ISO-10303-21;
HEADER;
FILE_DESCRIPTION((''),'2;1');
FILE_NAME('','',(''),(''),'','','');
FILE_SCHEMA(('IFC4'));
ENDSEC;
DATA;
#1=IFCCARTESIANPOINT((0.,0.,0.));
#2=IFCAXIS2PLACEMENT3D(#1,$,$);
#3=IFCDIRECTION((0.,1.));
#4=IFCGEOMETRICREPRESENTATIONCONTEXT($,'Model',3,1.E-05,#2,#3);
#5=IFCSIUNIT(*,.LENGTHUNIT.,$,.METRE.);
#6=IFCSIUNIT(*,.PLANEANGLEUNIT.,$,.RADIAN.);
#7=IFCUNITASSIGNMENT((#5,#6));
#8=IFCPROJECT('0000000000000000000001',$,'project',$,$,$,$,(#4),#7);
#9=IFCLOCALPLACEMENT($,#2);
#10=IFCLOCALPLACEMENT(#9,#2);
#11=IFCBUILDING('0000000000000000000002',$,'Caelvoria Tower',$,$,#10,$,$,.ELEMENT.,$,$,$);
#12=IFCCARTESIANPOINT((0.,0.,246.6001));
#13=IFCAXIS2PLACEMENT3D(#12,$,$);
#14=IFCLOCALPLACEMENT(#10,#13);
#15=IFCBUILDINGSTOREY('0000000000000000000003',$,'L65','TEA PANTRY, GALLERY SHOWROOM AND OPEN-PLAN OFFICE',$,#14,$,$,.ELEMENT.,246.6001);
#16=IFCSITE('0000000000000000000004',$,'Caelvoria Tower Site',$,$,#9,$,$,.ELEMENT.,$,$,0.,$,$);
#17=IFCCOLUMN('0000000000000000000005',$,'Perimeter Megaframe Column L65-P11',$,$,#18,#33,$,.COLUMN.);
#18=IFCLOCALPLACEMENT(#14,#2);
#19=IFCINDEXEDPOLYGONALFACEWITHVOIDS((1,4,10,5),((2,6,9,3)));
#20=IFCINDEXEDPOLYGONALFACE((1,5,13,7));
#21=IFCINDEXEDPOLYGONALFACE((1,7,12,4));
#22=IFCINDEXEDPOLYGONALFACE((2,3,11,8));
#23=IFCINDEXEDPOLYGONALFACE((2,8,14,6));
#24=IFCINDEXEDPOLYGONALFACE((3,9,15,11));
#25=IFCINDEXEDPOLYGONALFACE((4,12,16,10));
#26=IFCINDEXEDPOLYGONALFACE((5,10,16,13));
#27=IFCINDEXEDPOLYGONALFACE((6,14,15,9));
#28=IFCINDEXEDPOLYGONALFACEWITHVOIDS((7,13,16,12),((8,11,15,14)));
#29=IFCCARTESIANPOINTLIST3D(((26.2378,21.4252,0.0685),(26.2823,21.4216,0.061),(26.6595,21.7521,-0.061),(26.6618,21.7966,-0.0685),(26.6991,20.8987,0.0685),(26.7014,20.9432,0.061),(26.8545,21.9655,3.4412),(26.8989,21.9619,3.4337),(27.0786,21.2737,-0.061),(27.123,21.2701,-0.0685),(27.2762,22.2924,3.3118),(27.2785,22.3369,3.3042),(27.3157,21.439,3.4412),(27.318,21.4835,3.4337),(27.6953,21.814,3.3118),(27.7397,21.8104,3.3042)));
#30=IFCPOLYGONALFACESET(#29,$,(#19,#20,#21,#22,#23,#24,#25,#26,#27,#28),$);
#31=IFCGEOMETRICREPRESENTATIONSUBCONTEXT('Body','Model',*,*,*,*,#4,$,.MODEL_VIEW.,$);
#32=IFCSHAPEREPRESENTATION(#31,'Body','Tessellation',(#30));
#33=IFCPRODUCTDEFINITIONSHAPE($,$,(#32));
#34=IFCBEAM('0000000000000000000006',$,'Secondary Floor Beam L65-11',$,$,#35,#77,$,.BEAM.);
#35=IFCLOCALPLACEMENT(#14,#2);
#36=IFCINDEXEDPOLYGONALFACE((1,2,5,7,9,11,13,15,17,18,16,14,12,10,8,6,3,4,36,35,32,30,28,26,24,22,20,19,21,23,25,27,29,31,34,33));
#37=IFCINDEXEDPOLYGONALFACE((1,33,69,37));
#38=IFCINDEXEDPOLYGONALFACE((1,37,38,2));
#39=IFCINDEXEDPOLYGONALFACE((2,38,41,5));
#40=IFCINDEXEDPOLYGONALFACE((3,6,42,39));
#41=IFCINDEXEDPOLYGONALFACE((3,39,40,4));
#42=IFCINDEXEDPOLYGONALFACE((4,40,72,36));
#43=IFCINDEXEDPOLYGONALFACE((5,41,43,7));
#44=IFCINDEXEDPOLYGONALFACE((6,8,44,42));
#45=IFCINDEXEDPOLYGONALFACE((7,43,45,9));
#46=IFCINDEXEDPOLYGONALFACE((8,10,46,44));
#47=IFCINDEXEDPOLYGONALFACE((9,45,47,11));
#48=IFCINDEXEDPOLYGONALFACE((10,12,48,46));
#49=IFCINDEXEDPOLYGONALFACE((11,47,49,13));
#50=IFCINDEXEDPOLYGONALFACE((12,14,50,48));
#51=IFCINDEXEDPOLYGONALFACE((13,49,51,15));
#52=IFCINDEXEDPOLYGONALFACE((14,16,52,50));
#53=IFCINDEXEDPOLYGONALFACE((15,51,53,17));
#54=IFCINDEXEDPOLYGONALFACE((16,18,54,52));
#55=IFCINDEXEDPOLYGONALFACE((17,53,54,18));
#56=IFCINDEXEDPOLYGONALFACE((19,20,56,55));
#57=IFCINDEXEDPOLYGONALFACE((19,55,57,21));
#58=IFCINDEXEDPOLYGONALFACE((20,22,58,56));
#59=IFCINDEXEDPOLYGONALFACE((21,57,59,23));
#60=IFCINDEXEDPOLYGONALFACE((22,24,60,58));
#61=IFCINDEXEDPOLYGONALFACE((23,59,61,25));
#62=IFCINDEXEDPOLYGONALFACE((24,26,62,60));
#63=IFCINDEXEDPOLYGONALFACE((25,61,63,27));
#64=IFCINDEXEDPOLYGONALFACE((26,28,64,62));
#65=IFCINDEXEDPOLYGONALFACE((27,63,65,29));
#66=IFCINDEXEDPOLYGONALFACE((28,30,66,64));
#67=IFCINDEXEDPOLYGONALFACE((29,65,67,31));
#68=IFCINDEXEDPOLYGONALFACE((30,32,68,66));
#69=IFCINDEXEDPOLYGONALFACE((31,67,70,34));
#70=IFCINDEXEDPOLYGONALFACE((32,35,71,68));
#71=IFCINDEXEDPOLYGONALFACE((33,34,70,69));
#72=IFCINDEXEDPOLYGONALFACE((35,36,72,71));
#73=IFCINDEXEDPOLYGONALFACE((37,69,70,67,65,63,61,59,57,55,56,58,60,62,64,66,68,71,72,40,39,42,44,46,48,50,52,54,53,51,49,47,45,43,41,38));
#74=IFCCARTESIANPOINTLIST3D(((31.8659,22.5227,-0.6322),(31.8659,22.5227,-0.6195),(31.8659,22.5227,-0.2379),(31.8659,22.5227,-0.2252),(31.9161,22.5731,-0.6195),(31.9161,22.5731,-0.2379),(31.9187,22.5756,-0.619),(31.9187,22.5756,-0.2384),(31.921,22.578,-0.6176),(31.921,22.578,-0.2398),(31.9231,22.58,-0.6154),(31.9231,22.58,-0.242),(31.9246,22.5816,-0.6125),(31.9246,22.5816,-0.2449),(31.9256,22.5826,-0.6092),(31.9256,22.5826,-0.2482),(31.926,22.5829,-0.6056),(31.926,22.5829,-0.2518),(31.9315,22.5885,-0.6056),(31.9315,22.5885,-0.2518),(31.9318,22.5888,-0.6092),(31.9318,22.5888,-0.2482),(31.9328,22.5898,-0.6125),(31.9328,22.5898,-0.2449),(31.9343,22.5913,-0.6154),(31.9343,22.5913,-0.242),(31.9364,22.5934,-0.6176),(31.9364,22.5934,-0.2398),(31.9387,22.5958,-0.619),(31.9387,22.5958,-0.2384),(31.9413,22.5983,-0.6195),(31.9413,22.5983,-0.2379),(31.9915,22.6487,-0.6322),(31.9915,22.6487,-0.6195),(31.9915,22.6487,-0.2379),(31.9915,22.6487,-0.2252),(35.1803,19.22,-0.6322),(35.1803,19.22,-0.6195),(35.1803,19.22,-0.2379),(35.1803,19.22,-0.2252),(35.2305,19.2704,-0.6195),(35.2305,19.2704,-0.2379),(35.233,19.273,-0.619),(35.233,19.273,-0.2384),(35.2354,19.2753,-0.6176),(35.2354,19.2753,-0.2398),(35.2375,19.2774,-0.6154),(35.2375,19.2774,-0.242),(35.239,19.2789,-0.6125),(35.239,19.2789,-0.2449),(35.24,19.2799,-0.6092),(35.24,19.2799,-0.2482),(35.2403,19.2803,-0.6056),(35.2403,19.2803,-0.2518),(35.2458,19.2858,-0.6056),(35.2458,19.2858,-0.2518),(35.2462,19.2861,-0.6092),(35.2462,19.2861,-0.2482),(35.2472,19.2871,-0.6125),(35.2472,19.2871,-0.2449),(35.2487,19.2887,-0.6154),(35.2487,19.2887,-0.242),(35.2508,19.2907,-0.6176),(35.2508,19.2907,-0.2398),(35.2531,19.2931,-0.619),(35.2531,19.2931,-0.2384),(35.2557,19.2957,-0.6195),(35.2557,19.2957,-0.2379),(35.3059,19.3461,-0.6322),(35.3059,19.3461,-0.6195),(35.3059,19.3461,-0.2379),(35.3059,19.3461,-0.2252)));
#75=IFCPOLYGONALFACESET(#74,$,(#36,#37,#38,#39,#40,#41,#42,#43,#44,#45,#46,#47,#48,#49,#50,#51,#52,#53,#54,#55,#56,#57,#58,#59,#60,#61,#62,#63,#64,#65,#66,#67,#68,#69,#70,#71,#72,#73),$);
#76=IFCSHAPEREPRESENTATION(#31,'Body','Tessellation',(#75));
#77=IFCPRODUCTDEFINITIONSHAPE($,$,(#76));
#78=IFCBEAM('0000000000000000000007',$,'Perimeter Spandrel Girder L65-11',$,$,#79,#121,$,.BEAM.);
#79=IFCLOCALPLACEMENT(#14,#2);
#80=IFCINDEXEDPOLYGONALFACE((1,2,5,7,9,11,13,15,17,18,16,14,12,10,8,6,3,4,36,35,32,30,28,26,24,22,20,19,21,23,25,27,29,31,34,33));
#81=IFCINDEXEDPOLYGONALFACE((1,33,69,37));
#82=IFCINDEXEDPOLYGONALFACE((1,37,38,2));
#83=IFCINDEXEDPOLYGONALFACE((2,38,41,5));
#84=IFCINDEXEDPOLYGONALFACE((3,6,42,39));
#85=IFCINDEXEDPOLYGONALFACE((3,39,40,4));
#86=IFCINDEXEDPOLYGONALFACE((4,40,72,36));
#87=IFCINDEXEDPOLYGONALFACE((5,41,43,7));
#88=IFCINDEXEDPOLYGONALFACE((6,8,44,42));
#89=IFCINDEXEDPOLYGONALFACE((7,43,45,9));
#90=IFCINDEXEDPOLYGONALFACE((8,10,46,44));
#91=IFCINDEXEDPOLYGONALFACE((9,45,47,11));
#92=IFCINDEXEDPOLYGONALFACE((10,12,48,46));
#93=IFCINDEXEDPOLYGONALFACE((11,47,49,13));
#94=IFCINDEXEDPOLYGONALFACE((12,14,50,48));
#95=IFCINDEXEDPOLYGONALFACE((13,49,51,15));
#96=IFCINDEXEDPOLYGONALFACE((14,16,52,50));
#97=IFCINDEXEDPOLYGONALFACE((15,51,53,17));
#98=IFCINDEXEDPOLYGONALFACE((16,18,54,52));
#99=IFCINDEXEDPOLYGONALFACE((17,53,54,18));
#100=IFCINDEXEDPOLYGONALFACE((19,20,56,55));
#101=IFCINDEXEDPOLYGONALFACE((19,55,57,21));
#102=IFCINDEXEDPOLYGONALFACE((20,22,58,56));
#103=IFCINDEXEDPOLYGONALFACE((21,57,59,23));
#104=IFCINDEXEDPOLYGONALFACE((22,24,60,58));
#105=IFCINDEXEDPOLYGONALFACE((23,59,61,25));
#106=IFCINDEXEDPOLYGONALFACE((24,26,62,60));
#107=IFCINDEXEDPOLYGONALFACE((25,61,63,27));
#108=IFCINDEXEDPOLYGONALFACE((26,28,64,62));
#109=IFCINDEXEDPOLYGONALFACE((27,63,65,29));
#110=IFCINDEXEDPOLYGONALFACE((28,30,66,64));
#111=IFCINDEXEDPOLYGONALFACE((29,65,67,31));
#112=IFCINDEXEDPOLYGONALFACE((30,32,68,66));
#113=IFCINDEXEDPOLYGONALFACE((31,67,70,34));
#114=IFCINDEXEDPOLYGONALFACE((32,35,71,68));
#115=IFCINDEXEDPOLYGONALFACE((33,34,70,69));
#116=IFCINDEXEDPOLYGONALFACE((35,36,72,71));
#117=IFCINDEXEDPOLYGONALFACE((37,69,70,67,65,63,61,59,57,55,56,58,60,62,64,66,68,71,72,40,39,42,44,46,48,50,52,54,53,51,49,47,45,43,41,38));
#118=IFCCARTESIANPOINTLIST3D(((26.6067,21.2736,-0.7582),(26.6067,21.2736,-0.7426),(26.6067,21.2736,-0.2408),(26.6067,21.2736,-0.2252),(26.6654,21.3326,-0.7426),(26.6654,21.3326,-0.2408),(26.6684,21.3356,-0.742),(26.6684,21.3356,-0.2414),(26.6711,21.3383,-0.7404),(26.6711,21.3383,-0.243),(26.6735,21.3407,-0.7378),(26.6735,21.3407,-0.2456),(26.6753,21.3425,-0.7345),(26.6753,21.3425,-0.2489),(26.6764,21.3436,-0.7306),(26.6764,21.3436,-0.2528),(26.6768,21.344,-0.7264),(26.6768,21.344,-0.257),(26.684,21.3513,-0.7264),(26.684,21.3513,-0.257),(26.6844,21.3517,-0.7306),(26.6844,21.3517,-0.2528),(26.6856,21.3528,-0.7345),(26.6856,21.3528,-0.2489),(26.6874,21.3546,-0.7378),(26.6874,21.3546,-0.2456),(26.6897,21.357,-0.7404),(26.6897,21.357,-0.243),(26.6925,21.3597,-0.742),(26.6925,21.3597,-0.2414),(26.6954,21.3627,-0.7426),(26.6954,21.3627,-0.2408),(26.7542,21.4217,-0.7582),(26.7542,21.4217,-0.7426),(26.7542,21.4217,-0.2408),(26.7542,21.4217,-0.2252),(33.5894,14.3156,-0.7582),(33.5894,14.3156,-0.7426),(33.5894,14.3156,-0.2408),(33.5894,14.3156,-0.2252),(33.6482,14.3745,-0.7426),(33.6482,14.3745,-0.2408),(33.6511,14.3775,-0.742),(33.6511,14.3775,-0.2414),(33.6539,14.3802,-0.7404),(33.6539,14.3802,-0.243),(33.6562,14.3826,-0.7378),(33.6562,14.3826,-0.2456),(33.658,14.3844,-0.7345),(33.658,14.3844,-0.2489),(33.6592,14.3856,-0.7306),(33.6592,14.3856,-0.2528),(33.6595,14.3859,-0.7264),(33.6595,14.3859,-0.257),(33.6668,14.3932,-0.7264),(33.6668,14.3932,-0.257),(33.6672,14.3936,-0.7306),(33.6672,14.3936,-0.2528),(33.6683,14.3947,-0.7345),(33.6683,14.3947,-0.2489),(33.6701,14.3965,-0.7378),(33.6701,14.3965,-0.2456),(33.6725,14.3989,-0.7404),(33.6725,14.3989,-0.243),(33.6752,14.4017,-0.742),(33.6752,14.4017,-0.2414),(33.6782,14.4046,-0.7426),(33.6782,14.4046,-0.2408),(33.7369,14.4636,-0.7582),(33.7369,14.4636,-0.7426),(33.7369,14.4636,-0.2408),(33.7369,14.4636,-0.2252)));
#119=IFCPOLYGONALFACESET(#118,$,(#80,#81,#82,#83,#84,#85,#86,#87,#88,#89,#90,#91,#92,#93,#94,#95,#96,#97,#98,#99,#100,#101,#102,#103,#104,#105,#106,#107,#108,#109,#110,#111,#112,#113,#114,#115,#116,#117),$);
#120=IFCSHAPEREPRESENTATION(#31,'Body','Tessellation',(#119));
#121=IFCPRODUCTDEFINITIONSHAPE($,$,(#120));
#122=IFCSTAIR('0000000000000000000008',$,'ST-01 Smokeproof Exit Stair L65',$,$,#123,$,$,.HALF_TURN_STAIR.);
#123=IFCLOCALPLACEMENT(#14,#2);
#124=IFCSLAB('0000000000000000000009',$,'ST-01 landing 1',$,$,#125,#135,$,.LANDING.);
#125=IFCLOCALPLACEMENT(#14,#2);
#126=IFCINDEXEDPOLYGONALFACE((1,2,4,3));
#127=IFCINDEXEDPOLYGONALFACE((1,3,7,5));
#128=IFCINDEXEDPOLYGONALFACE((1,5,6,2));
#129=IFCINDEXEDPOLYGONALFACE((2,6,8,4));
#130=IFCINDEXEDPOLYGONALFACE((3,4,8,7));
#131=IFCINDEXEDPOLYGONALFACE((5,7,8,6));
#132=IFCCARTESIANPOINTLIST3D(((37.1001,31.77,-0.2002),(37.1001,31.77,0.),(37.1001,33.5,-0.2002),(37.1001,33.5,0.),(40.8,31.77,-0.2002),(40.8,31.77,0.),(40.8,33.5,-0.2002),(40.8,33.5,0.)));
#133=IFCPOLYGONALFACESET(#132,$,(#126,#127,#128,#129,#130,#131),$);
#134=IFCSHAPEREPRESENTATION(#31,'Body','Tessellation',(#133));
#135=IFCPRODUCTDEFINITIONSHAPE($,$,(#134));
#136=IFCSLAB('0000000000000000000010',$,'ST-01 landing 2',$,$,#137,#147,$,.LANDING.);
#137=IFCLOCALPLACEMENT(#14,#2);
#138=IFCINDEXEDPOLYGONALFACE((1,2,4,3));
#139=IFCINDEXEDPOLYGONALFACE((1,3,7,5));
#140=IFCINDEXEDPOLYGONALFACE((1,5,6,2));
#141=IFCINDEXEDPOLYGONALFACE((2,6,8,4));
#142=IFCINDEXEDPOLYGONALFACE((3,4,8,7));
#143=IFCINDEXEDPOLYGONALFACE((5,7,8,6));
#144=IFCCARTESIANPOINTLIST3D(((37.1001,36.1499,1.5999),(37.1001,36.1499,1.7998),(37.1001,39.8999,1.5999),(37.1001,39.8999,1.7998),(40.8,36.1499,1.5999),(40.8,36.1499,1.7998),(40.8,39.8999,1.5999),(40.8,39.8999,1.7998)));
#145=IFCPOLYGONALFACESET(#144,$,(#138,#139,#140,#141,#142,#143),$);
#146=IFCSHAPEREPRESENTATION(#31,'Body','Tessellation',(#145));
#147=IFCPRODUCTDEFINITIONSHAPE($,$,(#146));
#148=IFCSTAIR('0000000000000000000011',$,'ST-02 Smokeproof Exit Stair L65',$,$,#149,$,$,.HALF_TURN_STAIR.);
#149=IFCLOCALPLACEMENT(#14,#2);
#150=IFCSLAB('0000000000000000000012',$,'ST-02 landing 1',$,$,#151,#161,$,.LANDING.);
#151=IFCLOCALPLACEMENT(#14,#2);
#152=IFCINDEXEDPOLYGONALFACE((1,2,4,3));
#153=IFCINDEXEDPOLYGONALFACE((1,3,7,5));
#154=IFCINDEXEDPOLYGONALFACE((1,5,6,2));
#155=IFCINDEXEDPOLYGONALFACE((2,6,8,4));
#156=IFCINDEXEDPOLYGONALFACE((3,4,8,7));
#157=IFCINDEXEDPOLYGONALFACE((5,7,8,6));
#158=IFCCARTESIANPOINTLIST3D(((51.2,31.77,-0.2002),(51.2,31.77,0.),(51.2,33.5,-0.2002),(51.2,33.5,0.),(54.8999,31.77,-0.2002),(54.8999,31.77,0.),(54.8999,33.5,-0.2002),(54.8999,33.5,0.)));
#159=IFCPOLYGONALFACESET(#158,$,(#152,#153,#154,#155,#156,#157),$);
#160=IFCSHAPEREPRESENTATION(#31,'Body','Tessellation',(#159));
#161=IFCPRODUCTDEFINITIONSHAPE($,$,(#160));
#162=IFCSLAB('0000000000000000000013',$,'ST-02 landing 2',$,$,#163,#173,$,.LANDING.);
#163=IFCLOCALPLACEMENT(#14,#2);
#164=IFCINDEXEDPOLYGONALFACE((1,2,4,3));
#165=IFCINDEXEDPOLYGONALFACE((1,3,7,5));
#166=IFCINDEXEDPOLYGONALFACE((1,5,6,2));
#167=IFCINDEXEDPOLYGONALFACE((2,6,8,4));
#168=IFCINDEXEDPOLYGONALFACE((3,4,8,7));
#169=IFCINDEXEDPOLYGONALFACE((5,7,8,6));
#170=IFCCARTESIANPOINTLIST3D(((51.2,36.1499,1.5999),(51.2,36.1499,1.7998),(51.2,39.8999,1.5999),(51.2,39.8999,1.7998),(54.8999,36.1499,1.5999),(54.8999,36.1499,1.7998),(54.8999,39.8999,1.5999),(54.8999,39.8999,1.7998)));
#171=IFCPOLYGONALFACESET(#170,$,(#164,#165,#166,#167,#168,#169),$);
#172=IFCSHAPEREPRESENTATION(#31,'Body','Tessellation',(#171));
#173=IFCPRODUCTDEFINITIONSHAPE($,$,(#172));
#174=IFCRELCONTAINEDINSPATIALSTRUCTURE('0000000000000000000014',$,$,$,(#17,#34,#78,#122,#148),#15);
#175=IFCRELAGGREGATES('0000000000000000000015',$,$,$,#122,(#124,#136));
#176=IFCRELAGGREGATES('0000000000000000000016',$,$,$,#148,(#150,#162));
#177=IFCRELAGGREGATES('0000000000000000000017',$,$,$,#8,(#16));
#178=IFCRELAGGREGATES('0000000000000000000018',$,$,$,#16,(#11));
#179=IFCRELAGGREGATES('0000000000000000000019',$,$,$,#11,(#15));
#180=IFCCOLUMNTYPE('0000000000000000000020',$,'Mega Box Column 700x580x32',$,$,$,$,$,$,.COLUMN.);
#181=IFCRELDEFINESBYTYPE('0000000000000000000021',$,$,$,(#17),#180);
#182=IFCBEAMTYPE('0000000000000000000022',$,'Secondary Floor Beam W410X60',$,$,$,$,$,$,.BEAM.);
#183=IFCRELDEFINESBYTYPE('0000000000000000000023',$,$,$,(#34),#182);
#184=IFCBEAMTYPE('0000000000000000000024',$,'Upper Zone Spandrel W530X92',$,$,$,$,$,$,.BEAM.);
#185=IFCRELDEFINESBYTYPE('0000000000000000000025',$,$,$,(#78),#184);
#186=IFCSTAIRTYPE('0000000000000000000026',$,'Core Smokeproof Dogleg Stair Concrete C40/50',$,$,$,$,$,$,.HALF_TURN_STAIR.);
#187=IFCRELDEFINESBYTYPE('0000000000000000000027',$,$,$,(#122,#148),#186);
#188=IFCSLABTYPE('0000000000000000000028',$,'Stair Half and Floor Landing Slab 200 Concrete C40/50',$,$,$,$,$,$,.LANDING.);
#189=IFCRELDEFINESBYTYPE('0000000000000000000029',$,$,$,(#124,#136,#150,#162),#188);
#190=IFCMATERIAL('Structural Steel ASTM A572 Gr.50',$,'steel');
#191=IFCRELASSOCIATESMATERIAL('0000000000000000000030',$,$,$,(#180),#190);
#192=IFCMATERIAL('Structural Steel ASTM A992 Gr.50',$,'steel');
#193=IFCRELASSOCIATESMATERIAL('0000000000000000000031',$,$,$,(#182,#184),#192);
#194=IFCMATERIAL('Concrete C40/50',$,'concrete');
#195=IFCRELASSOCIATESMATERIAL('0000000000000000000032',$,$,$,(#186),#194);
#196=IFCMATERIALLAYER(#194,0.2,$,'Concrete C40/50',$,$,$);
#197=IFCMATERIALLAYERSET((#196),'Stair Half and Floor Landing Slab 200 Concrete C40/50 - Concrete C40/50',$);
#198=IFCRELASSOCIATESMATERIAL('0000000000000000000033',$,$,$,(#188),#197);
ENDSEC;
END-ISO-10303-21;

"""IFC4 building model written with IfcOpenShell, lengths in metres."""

from ifc_helpers import new_model, si_unit, direction, frame, origin, origin_2d, place, context, subcontext, project, spatial, polyline, hollow_rectangle, i_section, outline, extrude, material, layer, layer_set, material_profile, profile_set, type_object, element, aggregate, save


model = new_model("IFC4")

# Units and contexts
model_context = context("Model", 3, precision=1e-05, world=origin(), true_north=direction((0.0, 1.0)))
body_context = subcontext(model_context, "Body", "Model", "MODEL_VIEW")
ifc_project = project(units=[si_unit("LENGTHUNIT", "METRE"), si_unit("PLANEANGLEUNIT", "RADIAN")], contexts=[model_context])

# Site, building, storey
site_placement = place(None, origin())
site = spatial("IfcSite", under=ifc_project, at=site_placement, Name="Caelvoria Tower Site", CompositionType="ELEMENT", RefElevation=0.0)
building_placement = place(site_placement, origin())
building = spatial("IfcBuilding", under=site, at=building_placement, Name="Caelvoria Tower", CompositionType="ELEMENT")
storey_placement = place(building_placement, frame((0.0, 0.0, 246.6001)))
storey = spatial("IfcBuildingStorey", under=building, at=storey_placement, Name="L65", Description="TEA PANTRY, GALLERY SHOWROOM AND OPEN-PLAN OFFICE", CompositionType="ELEMENT", Elevation=246.6001)

# Column
ifc_material_1 = material(Name="Structural Steel ASTM A572 Gr.50", Category="steel")
ifc_material_profile_1 = material_profile(ifc_material_1, hollow_rectangle(XDim=0.5801, YDim=0.7, WallThickness=0.032, at=origin_2d()), Name="Structural Steel ASTM A572 Gr.50")
ifc_profile_set_1 = profile_set([ifc_material_profile_1], Name="BOX700X580X32 - Structural Steel ASTM A572 Gr.50")
column_type = type_object("IfcColumnType", Name="Mega Box Column 700x580x32", PredefinedType="COLUMN", material=ifc_profile_set_1)
column_placement = place(storey_placement, frame((26.6804, 21.3477, 0.0), z_axis=(0.177671, 0.155655, 0.971702), x_axis=(-0.730886, -0.640321, 0.23621)))
element("IfcColumn", 1, at=column_placement, inside=storey, type_object=column_type, Name="Perimeter Megaframe Column L65-P11", PredefinedType="COLUMN", context=body_context, shape_type="SweptSolid", body=[
    extrude(hollow_rectangle(XDim=0.5801, YDim=0.7, WallThickness=0.032, at=origin_2d()), origin(), (0.0, 0.0, 1.0), 3.4709),
])

# Beams
ifc_material_2 = material(Name="Structural Steel ASTM A992 Gr.50", Category="steel")
ifc_material_profile_2 = material_profile(ifc_material_2, i_section(OverallWidth=0.178, OverallDepth=0.407, WebThickness=0.0078, FlangeThickness=0.0127, FilletRadius=0.0139, at=origin_2d()), Name="Structural Steel ASTM A992 Gr.50")
ifc_profile_set_2 = profile_set([ifc_material_profile_2], Name="W410X60 - Structural Steel ASTM A992 Gr.50")
beam_type_1 = type_object("IfcBeamType", Name="Secondary Floor Beam W410X60", PredefinedType="BEAM", material=ifc_profile_set_2)
beam_1_placement = place(storey_placement, frame((31.9287, 22.5857, -0.4287), z_axis=(0.708358, -0.705853, 0.0), x_axis=(0.705853, 0.708358, 0.0)))
element("IfcBeam", 2, at=beam_1_placement, inside=storey, type_object=beam_type_1, Name="Secondary Floor Beam L65-11", PredefinedType="BEAM", context=body_context, shape_type="SweptSolid", body=[
    extrude(i_section(OverallWidth=0.178, OverallDepth=0.407, WebThickness=0.0078, FlangeThickness=0.0127, FilletRadius=0.0139, at=origin_2d()), origin(), (0.0, 0.0, 1.0), 4.679),
])
ifc_material_profile_3 = material_profile(ifc_material_2, i_section(OverallWidth=0.209, OverallDepth=0.533, WebThickness=0.0103, FlangeThickness=0.0156, FilletRadius=0.0161, at=origin_2d()), Name="Structural Steel ASTM A992 Gr.50")
ifc_profile_set_3 = profile_set([ifc_material_profile_3], Name="W530X92 - Structural Steel ASTM A992 Gr.50")
beam_type_2 = type_object("IfcBeamType", Name="Upper Zone Spandrel W530X92", PredefinedType="BEAM", material=ifc_profile_set_3)
beam_2_placement = place(storey_placement, frame((26.6804, 21.3477, -0.4917), z_axis=(0.708356, -0.705855, 0.0), x_axis=(0.705855, 0.708356, 0.0)))
element("IfcBeam", 3, at=beam_2_placement, inside=storey, type_object=beam_type_2, Name="Perimeter Spandrel Girder L65-11", PredefinedType="BEAM", context=body_context, shape_type="SweptSolid", body=[
    extrude(i_section(OverallWidth=0.209, OverallDepth=0.533, WebThickness=0.0103, FlangeThickness=0.0156, FilletRadius=0.0161, at=origin_2d()), origin(), (0.0, 0.0, 1.0), 9.8577),
])

# Stairs, slabs
ifc_material_3 = material(Name="Concrete C40/50", Category="concrete")
stair_type = type_object("IfcStairType", Name="Core Smokeproof Dogleg Stair Concrete C40/50", PredefinedType="HALF_TURN_STAIR", material=ifc_material_3)
stair_1_placement = place(storey_placement, origin())
stair_1 = element("IfcStair", 4, at=stair_1_placement, inside=storey, type_object=stair_type, Name="ST-01 Smokeproof Exit Stair L65", PredefinedType="HALF_TURN_STAIR")
ifc_layer_1 = layer(ifc_material_3, 0.2, Name="Concrete C40/50")
ifc_layer_set_1 = layer_set([ifc_layer_1], Name="Stair Half and Floor Landing Slab 200 Concrete C40/50 - Concrete C40/50")
slab_type_1 = type_object("IfcSlabType", Name="Stair Half and Floor Landing Slab 200 Concrete C40/50", PredefinedType="LANDING", material=ifc_layer_set_1)
slab_1_placement = place(storey_placement, frame((0.0, 0.0, -0.2002)))
slab_1 = element("IfcSlab", 5, at=slab_1_placement, type_object=slab_type_1, Name="ST-01 landing 1", PredefinedType="LANDING", context=body_context, shape_type="SweptSolid", body=[
    extrude(outline(polyline([(37.1001, 31.77), (40.8, 31.77), (40.8, 33.5), (37.1001, 33.5), (37.1001, 31.77)])), origin(), (0.0, 0.0, 1.0), 0.2002),
])
slab_2_placement = place(storey_placement, frame((0.0, 0.0, 1.5999)))
slab_2 = element("IfcSlab", 6, at=slab_2_placement, type_object=slab_type_1, Name="ST-01 landing 2", PredefinedType="LANDING", context=body_context, shape_type="SweptSolid", body=[
    extrude(outline(polyline([(37.1001, 36.1499), (40.8, 36.1499), (40.8, 39.8999), (37.1001, 39.8999), (37.1001, 36.1499)])), origin(), (0.0, 0.0, 1.0), 0.2),
])
aggregate(stair_1, [slab_1, slab_2])
stair_2_placement = place(storey_placement, origin())
stair_2 = element("IfcStair", 7, at=stair_2_placement, inside=storey, type_object=stair_type, Name="ST-02 Smokeproof Exit Stair L65", PredefinedType="HALF_TURN_STAIR")
slab_3_placement = place(storey_placement, frame((0.0, 0.0, -0.2002)))
slab_3 = element("IfcSlab", 8, at=slab_3_placement, type_object=slab_type_1, Name="ST-02 landing 1", PredefinedType="LANDING", context=body_context, shape_type="SweptSolid", body=[
    extrude(outline(polyline([(51.2, 31.77), (54.8999, 31.77), (54.8999, 33.5), (51.2, 33.5), (51.2, 31.77)])), origin(), (0.0, 0.0, 1.0), 0.2002),
])
slab_4_placement = place(storey_placement, frame((0.0, 0.0, 1.5999)))
slab_4 = element("IfcSlab", 9, at=slab_4_placement, type_object=slab_type_1, Name="ST-02 landing 2", PredefinedType="LANDING", context=body_context, shape_type="SweptSolid", body=[
    extrude(outline(polyline([(51.2, 36.1499), (54.8999, 36.1499), (54.8999, 39.8999), (51.2, 39.8999), (51.2, 36.1499)])), origin(), (0.0, 0.0, 1.0), 0.2),
])
aggregate(stair_2, [slab_3, slab_4])

save(model, "model.ifc")
